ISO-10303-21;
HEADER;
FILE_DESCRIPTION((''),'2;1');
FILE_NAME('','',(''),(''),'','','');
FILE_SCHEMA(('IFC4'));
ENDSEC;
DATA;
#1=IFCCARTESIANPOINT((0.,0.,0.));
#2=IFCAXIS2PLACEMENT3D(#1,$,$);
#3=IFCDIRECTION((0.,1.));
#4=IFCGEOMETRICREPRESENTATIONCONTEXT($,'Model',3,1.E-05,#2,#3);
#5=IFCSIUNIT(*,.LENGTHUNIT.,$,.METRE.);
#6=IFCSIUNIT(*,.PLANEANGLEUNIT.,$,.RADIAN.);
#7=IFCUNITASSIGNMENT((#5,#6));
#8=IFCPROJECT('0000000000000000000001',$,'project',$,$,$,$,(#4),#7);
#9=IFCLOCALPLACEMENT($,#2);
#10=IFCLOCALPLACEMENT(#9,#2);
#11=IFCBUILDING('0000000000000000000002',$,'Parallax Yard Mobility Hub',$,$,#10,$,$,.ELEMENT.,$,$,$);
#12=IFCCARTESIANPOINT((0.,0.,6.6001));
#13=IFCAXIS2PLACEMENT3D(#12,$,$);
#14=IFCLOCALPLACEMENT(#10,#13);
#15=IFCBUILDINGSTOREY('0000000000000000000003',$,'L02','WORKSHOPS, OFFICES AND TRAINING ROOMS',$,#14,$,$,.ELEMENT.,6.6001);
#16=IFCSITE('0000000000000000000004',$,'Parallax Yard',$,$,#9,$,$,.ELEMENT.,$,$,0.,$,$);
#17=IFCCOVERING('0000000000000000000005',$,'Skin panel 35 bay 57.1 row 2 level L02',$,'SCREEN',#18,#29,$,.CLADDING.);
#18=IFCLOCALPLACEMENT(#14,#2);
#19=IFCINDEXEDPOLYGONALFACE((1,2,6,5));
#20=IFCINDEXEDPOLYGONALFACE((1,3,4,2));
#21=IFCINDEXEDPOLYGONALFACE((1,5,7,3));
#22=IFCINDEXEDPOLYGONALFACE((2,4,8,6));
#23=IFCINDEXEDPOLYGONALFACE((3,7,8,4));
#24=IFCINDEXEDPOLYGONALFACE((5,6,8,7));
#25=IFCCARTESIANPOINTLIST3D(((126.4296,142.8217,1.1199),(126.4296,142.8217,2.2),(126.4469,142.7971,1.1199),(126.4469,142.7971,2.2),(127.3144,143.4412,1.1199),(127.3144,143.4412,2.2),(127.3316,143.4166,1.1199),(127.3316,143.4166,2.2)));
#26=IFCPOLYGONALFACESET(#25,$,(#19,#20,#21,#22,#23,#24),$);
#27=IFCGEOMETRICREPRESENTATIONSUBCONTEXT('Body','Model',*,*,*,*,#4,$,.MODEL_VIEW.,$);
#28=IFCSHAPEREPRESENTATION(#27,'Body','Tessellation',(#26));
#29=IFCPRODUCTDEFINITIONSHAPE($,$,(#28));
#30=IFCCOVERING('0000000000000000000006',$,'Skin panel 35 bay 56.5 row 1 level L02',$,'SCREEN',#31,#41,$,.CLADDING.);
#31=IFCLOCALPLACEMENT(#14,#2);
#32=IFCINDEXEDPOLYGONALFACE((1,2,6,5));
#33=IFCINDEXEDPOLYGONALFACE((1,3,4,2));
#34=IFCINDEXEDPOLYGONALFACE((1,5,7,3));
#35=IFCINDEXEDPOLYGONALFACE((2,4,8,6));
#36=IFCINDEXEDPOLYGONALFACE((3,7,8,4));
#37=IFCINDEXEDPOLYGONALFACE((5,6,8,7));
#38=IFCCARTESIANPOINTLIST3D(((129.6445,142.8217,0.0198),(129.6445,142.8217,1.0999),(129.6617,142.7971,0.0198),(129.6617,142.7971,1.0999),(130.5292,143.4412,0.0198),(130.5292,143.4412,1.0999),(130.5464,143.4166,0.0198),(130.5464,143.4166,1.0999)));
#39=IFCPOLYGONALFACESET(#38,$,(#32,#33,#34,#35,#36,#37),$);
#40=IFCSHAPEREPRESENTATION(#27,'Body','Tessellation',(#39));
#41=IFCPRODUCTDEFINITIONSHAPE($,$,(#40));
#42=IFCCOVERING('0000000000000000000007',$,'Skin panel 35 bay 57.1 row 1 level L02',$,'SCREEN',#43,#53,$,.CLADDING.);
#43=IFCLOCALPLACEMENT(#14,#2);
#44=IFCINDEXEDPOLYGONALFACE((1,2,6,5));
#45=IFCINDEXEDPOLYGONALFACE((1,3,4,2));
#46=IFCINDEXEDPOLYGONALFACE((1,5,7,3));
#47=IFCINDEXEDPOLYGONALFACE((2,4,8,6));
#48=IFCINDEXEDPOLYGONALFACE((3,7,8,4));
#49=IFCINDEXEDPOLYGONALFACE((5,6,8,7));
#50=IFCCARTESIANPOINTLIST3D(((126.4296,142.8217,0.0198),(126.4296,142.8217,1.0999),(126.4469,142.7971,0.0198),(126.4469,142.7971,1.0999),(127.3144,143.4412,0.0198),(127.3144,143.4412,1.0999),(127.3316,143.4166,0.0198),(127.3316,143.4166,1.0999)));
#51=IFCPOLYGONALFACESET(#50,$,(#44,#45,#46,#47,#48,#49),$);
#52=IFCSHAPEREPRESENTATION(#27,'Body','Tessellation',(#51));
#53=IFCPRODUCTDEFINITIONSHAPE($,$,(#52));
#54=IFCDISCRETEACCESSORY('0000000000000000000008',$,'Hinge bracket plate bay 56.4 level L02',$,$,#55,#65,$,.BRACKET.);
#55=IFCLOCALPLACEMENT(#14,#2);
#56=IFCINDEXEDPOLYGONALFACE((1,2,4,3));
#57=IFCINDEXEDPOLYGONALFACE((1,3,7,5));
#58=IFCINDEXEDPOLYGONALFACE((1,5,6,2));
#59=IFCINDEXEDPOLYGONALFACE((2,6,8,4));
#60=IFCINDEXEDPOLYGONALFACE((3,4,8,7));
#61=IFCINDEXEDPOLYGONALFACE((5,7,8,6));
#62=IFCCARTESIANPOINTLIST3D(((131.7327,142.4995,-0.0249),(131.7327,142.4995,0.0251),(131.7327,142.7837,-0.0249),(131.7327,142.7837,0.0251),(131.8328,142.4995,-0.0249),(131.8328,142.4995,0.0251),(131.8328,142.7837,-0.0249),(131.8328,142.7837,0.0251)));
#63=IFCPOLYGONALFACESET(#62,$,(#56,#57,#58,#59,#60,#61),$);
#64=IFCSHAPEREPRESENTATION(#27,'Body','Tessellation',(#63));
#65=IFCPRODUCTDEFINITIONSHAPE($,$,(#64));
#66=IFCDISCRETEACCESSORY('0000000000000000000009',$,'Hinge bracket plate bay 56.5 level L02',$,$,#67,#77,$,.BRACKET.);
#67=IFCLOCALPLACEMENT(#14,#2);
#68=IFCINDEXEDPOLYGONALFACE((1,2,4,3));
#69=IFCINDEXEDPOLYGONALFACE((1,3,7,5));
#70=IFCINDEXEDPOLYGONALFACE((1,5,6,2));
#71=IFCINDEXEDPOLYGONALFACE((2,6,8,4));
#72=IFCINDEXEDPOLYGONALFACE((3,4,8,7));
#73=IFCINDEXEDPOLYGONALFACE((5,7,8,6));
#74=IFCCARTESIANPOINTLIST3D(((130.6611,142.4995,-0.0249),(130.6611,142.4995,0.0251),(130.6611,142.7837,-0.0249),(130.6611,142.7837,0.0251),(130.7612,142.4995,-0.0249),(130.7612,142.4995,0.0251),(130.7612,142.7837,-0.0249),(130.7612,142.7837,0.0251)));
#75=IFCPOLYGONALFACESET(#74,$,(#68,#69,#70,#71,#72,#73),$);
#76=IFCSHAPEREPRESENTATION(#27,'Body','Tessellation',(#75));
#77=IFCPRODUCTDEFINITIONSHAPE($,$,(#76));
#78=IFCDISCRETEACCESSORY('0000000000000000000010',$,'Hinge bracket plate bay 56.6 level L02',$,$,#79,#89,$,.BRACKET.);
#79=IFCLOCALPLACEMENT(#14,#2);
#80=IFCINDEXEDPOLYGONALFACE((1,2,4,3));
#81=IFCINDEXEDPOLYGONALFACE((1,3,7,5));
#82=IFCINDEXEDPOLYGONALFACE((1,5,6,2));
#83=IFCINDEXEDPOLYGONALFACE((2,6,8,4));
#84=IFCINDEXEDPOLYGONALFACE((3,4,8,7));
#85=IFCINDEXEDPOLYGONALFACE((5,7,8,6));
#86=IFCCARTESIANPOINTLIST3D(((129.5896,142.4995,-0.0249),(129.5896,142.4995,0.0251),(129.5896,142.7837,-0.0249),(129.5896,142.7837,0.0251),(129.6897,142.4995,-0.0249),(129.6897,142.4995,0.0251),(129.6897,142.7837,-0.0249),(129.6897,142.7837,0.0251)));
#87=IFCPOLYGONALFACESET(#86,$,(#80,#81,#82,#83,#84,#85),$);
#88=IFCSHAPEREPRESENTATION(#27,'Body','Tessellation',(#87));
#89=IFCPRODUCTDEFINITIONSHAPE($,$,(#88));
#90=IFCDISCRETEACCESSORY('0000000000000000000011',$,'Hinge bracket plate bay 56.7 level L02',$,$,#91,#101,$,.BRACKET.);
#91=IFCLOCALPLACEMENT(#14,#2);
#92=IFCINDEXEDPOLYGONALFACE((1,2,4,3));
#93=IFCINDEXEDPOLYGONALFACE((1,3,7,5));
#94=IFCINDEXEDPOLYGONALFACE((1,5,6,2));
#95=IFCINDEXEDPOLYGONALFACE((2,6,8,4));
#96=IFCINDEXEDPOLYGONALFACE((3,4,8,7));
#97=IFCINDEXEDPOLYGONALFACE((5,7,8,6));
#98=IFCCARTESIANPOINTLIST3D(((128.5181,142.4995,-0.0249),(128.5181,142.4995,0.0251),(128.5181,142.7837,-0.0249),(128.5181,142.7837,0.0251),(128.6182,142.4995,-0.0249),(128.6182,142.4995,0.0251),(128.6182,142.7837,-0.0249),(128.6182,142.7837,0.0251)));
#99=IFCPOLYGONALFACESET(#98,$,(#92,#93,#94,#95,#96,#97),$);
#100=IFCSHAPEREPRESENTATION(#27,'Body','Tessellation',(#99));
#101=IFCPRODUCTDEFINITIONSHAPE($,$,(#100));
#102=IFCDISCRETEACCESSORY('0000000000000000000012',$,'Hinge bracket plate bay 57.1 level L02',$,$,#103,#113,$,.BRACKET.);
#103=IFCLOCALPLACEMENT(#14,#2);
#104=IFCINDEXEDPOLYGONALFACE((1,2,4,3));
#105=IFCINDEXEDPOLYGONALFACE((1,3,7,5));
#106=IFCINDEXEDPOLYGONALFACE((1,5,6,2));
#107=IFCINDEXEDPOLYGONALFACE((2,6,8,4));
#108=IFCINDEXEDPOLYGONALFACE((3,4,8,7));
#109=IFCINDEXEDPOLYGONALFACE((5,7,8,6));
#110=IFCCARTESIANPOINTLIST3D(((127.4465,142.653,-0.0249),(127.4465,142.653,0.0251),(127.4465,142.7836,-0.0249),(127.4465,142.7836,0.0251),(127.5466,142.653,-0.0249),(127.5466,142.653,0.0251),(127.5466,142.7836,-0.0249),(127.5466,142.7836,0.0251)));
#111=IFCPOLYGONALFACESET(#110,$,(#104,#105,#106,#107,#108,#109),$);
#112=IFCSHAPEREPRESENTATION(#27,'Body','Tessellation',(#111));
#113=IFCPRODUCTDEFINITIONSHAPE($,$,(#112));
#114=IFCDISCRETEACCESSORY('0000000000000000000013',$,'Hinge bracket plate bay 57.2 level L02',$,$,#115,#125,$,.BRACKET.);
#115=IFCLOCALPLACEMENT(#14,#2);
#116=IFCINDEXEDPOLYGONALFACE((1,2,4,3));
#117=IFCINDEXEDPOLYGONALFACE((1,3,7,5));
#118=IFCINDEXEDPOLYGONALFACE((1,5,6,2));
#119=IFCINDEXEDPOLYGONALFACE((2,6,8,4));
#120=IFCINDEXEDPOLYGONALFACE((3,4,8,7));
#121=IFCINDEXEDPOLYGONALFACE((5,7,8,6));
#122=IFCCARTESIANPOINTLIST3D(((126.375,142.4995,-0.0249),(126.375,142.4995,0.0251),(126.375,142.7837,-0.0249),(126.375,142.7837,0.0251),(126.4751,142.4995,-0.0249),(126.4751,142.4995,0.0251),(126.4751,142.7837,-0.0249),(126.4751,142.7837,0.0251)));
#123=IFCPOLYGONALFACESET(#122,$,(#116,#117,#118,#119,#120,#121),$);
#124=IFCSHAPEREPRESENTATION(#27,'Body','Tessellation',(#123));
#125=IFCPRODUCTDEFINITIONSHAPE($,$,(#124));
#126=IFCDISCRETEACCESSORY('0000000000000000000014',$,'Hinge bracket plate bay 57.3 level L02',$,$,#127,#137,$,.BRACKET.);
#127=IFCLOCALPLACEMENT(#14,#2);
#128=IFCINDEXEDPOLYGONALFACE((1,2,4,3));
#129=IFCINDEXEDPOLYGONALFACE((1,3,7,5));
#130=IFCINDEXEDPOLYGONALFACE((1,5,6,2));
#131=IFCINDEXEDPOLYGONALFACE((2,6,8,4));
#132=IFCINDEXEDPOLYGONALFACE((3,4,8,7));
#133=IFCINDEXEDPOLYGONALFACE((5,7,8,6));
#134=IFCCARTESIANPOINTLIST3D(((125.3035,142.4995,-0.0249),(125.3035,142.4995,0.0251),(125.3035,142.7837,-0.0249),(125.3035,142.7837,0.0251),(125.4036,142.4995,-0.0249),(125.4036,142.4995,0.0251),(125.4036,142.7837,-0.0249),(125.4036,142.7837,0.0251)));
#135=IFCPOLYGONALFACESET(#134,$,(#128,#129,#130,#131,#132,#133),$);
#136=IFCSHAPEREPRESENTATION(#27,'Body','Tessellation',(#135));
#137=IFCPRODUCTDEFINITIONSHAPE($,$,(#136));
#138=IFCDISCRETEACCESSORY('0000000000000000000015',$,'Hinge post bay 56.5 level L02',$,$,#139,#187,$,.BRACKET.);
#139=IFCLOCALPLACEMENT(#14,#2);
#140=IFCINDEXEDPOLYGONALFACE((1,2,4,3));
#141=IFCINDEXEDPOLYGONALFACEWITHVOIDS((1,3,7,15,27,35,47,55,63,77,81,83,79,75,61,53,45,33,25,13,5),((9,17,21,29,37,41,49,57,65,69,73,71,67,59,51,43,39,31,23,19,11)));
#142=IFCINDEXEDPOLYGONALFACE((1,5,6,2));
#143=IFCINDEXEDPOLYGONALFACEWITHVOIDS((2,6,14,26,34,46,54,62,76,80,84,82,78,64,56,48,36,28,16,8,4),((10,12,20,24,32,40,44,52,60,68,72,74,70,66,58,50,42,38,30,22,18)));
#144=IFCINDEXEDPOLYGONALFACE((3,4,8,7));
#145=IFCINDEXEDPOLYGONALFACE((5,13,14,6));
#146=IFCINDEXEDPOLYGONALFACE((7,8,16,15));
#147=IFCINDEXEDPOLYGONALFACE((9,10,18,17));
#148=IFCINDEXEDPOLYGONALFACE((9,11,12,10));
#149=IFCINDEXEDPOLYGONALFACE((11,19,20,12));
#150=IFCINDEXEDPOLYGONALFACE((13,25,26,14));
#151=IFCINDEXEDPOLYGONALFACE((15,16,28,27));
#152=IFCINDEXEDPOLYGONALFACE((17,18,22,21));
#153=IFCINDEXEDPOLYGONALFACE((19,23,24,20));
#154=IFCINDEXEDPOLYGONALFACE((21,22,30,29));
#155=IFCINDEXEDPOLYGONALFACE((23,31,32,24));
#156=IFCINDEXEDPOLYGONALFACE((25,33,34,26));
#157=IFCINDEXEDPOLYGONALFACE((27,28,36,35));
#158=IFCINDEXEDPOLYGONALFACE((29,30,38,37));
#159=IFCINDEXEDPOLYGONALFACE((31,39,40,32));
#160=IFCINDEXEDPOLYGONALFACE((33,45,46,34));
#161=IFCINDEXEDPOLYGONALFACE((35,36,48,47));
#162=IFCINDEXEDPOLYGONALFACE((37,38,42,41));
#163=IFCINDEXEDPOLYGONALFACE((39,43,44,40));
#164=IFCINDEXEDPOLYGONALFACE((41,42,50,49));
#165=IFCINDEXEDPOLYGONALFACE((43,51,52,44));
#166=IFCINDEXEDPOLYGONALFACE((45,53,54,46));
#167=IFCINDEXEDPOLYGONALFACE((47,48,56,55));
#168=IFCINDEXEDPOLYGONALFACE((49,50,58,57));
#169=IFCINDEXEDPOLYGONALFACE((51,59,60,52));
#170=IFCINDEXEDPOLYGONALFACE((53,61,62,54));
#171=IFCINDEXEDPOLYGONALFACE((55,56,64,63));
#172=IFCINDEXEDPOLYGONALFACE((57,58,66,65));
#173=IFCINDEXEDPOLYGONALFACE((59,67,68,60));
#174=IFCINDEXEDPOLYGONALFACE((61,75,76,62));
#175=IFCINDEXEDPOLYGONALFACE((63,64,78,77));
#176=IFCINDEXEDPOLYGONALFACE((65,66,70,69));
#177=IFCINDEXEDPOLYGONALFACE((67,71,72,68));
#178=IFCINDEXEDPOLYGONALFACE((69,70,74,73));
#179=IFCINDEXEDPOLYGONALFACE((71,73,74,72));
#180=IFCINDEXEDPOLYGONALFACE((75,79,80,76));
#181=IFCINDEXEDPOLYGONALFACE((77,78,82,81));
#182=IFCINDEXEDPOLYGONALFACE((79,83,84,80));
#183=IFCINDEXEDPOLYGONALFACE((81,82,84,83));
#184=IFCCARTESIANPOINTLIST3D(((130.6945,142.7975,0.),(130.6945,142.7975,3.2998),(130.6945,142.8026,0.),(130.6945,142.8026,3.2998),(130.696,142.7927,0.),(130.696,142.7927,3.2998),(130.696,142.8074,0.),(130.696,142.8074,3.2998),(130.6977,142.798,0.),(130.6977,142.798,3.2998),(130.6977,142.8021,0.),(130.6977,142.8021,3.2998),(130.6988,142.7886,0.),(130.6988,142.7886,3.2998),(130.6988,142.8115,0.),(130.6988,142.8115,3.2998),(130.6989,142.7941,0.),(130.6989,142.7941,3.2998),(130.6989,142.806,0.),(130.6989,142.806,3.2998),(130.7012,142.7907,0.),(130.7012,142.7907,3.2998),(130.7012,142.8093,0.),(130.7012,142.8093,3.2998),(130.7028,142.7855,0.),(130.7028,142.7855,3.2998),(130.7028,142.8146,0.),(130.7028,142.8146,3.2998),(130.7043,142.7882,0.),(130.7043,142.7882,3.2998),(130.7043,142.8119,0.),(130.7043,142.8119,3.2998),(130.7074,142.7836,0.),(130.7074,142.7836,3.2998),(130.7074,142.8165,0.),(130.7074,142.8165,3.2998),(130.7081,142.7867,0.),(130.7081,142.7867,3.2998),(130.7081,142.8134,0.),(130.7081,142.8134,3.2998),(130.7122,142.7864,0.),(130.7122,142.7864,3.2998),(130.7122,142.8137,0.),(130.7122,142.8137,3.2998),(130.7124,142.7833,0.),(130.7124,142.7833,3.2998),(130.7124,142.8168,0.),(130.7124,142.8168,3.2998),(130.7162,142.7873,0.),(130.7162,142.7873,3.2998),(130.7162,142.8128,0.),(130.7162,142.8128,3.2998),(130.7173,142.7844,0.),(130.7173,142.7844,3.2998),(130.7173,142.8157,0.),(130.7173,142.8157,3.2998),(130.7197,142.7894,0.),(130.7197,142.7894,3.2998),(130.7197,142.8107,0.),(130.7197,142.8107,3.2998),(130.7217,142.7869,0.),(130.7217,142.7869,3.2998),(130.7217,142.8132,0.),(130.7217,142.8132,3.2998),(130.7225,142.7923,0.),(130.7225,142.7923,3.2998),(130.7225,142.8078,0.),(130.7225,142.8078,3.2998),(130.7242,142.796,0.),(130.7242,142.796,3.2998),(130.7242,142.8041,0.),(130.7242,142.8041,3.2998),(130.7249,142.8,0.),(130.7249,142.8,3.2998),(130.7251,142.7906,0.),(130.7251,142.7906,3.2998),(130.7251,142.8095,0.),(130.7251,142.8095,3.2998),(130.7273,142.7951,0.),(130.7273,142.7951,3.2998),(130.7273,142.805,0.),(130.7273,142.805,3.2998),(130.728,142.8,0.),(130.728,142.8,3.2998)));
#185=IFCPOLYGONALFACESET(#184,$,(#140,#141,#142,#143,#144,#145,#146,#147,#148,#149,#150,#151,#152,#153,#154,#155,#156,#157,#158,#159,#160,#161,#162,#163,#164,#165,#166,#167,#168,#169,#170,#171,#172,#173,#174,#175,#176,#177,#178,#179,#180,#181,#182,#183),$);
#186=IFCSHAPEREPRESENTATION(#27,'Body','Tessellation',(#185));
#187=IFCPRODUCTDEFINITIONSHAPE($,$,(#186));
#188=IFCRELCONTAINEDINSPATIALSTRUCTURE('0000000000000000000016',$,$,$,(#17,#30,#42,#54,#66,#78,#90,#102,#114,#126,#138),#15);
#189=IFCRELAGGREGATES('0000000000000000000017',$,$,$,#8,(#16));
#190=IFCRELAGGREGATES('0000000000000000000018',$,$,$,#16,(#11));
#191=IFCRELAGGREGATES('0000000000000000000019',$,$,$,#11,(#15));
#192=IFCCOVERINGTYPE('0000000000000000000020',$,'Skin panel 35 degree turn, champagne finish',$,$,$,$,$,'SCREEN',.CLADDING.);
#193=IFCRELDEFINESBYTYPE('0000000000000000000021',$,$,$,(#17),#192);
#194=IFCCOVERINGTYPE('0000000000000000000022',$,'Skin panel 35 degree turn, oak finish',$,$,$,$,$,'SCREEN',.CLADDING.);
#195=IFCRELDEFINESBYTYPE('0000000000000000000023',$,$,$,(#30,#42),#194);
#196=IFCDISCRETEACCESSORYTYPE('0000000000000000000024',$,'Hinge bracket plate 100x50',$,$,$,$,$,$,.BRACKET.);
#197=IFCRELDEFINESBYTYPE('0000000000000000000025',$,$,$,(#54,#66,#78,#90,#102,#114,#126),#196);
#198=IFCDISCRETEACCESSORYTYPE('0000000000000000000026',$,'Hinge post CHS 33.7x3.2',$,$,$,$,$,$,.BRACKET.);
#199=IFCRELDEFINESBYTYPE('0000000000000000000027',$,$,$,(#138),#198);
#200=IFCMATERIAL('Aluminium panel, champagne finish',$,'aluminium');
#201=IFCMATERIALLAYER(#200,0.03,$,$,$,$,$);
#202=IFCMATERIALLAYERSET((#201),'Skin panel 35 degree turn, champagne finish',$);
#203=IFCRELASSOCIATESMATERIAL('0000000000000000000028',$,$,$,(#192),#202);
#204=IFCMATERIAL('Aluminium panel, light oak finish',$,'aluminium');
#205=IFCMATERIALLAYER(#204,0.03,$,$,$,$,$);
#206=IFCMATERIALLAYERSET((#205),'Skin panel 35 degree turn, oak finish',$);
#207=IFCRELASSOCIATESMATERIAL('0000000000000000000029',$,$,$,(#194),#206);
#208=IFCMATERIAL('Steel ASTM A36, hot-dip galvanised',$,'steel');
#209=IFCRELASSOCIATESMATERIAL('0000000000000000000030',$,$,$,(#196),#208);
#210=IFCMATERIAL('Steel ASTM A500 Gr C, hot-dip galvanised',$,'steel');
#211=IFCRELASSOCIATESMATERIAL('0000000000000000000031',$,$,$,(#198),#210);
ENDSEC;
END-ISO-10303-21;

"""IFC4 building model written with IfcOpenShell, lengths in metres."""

from ifc_helpers import new_model, si_unit, direction, frame, origin, origin_2d, place, context, subcontext, project, spatial, rectangle, hollow_circle, extrude, material, layer, layer_set, material_profile, profile_set, type_object, element, save


model = new_model("IFC4")

# Units and contexts
model_context = context("Model", 3, precision=1e-05, world=origin(), true_north=direction((0.0, 1.0)))
body_context = subcontext(model_context, "Body", "Model", "MODEL_VIEW")
ifc_project = project(units=[si_unit("LENGTHUNIT", "METRE"), si_unit("PLANEANGLEUNIT", "RADIAN")], contexts=[model_context])

# Site, building, storey
site_placement = place(None, origin())
site = spatial("IfcSite", under=ifc_project, at=site_placement, Name="Parallax Yard", CompositionType="ELEMENT", RefElevation=0.0)
building_placement = place(site_placement, origin())
building = spatial("IfcBuilding", under=site, at=building_placement, Name="Parallax Yard Mobility Hub", CompositionType="ELEMENT")
storey_placement = place(building_placement, frame((0.0, 0.0, 6.6001)))
storey = spatial("IfcBuildingStorey", under=building, at=storey_placement, Name="L02", Description="WORKSHOPS, OFFICES AND TRAINING ROOMS", CompositionType="ELEMENT", Elevation=6.6001)

# Coverings
ifc_material_1 = material(Name="Aluminium panel, champagne finish", Category="aluminium")
ifc_material_2 = material(Name="Aluminium panel, light oak finish", Category="aluminium")
ifc_layer_1 = layer(ifc_material_1, 0.03)
ifc_layer_set_1 = layer_set([ifc_layer_1], Name="Skin panel 35 degree turn, champagne finish")
covering_type_1 = type_object("IfcCoveringType", Name="Skin panel 35 degree turn, champagne finish", ElementType="SCREEN", PredefinedType="CLADDING", material=ifc_layer_set_1)
for number, where, z_axis, x_axis, name in (
    (1, (126.8806, 143.1191, 1.1199), (0.0, 0.0, 1.0), (0.819152, 0.573576, 0.0), "Skin panel 35 bay 57.1 row 2 level L02"),
):
    element("IfcCovering", number, at=place(storey_placement, frame(where, z_axis=z_axis, x_axis=x_axis)), inside=storey, type_object=covering_type_1, Name=name, ObjectType="SCREEN", PredefinedType="CLADDING", context=body_context, shape_type="SweptSolid", body=[
        extrude(rectangle(XDim=1.0801, YDim=0.03, at=origin_2d()), origin(), (0.0, 0.0, 1.0), 1.0801),
    ])
ifc_layer_2 = layer(ifc_material_2, 0.03)
ifc_layer_set_2 = layer_set([ifc_layer_2], Name="Skin panel 35 degree turn, oak finish")
covering_type_2 = type_object("IfcCoveringType", Name="Skin panel 35 degree turn, oak finish", ElementType="SCREEN", PredefinedType="CLADDING", material=ifc_layer_set_2)
for number, where, z_axis, x_axis, name in (
    (2, (130.0955, 143.1191, 0.0198), (0.0, 0.0, 1.0), (0.819152, 0.573576, 0.0), "Skin panel 35 bay 56.5 row 1 level L02"),
    (3, (126.8806, 143.1191, 0.0198), (0.0, 0.0, 1.0), (0.819152, 0.573576, 0.0), "Skin panel 35 bay 57.1 row 1 level L02"),
):
    element("IfcCovering", number, at=place(storey_placement, frame(where, z_axis=z_axis, x_axis=x_axis)), inside=storey, type_object=covering_type_2, Name=name, ObjectType="SCREEN", PredefinedType="CLADDING", context=body_context, shape_type="SweptSolid", body=[
        extrude(rectangle(XDim=1.0801, YDim=0.03, at=origin_2d()), origin(), (0.0, 0.0, 1.0), 1.0801),
    ])

# Discrete accessories
ifc_material_3 = material(Name="Steel ASTM A36, hot-dip galvanised", Category="steel")
discrete_accessory_type_1 = type_object("IfcDiscreteAccessoryType", Name="Hinge bracket plate 100x50", PredefinedType="BRACKET", material=ifc_material_3)
for number, where, z_axis, x_axis, name in (
    (4, (131.7827, 142.6416, -0.0249), (0.0, 0.0, 1.0), (0.0, 1.0, 0.0), "Hinge bracket plate bay 56.4 level L02"),
    (5, (130.7112, 142.6416, -0.0249), (0.0, 0.0, 1.0), (0.0, 1.0, 0.0), "Hinge bracket plate bay 56.5 level L02"),
    (6, (129.6396, 142.6416, -0.0249), (0.0, 0.0, 1.0), (0.0, 1.0, 0.0), "Hinge bracket plate bay 56.6 level L02"),
    (7, (128.5681, 142.6416, -0.0249), (0.0, 0.0, 1.0), (0.0, 1.0, 0.0), "Hinge bracket plate bay 56.7 level L02"),
):
    element("IfcDiscreteAccessory", number, at=place(storey_placement, frame(where, z_axis=z_axis, x_axis=x_axis)), inside=storey, type_object=discrete_accessory_type_1, Name=name, PredefinedType="BRACKET", context=body_context, shape_type="SweptSolid", body=[
        extrude(rectangle(XDim=0.2842, YDim=0.1001, at=origin_2d()), origin(), (0.0, 0.0, 1.0), 0.05),
    ])
discrete_accessory_placement = place(storey_placement, frame((127.4966, 142.7183, -0.0249), z_axis=(0.0, 0.0, 1.0), x_axis=(0.0, 1.0, 0.0)))
element("IfcDiscreteAccessory", 8, at=discrete_accessory_placement, inside=storey, type_object=discrete_accessory_type_1, Name="Hinge bracket plate bay 57.1 level L02", PredefinedType="BRACKET", context=body_context, shape_type="SweptSolid", body=[
    extrude(rectangle(XDim=0.1306, YDim=0.1001, at=origin_2d()), origin(), (0.0, 0.0, 1.0), 0.05),
])
for number, where, z_axis, x_axis, name in (
    (9, (126.425, 142.6416, -0.0249), (0.0, 0.0, 1.0), (0.0, 1.0, 0.0), "Hinge bracket plate bay 57.2 level L02"),
    (10, (125.3535, 142.6416, -0.0249), (0.0, 0.0, 1.0), (0.0, 1.0, 0.0), "Hinge bracket plate bay 57.3 level L02"),
):
    element("IfcDiscreteAccessory", number, at=place(storey_placement, frame(where, z_axis=z_axis, x_axis=x_axis)), inside=storey, type_object=discrete_accessory_type_1, Name=name, PredefinedType="BRACKET", context=body_context, shape_type="SweptSolid", body=[
        extrude(rectangle(XDim=0.2842, YDim=0.1001, at=origin_2d()), origin(), (0.0, 0.0, 1.0), 0.05),
    ])
ifc_material_4 = material(Name="Steel ASTM A500 Gr C, hot-dip galvanised", Category="steel")
ifc_material_profile = material_profile(ifc_material_4, hollow_circle(Radius=0.0168, WallThickness=0.0032, at=origin_2d()), Name="CHS 33.7x3.2")
ifc_profile_set = profile_set([ifc_material_profile], Name="Steel ASTM A500 Gr C, hot-dip galvanised")
discrete_accessory_type_2 = type_object("IfcDiscreteAccessoryType", Name="Hinge post CHS 33.7x3.2", PredefinedType="BRACKET", material=ifc_profile_set)
for number, where, z_axis, x_axis, name in (
    (11, (130.7112, 142.8, 0.0), (0.0, 0.0, 1.0), (1.0, 0.0, 0.0), "Hinge post bay 56.5 level L02"),
):
    element("IfcDiscreteAccessory", number, at=place(storey_placement, frame(where, z_axis=z_axis, x_axis=x_axis)), inside=storey, type_object=discrete_accessory_type_2, Name=name, PredefinedType="BRACKET", context=body_context, shape_type="SweptSolid", body=[
        extrude(hollow_circle(Radius=0.0168, WallThickness=0.0032, at=origin_2d()), origin(), (0.0, 0.0, 1.0), 3.2998),
    ])

save(model, "model.ifc")
